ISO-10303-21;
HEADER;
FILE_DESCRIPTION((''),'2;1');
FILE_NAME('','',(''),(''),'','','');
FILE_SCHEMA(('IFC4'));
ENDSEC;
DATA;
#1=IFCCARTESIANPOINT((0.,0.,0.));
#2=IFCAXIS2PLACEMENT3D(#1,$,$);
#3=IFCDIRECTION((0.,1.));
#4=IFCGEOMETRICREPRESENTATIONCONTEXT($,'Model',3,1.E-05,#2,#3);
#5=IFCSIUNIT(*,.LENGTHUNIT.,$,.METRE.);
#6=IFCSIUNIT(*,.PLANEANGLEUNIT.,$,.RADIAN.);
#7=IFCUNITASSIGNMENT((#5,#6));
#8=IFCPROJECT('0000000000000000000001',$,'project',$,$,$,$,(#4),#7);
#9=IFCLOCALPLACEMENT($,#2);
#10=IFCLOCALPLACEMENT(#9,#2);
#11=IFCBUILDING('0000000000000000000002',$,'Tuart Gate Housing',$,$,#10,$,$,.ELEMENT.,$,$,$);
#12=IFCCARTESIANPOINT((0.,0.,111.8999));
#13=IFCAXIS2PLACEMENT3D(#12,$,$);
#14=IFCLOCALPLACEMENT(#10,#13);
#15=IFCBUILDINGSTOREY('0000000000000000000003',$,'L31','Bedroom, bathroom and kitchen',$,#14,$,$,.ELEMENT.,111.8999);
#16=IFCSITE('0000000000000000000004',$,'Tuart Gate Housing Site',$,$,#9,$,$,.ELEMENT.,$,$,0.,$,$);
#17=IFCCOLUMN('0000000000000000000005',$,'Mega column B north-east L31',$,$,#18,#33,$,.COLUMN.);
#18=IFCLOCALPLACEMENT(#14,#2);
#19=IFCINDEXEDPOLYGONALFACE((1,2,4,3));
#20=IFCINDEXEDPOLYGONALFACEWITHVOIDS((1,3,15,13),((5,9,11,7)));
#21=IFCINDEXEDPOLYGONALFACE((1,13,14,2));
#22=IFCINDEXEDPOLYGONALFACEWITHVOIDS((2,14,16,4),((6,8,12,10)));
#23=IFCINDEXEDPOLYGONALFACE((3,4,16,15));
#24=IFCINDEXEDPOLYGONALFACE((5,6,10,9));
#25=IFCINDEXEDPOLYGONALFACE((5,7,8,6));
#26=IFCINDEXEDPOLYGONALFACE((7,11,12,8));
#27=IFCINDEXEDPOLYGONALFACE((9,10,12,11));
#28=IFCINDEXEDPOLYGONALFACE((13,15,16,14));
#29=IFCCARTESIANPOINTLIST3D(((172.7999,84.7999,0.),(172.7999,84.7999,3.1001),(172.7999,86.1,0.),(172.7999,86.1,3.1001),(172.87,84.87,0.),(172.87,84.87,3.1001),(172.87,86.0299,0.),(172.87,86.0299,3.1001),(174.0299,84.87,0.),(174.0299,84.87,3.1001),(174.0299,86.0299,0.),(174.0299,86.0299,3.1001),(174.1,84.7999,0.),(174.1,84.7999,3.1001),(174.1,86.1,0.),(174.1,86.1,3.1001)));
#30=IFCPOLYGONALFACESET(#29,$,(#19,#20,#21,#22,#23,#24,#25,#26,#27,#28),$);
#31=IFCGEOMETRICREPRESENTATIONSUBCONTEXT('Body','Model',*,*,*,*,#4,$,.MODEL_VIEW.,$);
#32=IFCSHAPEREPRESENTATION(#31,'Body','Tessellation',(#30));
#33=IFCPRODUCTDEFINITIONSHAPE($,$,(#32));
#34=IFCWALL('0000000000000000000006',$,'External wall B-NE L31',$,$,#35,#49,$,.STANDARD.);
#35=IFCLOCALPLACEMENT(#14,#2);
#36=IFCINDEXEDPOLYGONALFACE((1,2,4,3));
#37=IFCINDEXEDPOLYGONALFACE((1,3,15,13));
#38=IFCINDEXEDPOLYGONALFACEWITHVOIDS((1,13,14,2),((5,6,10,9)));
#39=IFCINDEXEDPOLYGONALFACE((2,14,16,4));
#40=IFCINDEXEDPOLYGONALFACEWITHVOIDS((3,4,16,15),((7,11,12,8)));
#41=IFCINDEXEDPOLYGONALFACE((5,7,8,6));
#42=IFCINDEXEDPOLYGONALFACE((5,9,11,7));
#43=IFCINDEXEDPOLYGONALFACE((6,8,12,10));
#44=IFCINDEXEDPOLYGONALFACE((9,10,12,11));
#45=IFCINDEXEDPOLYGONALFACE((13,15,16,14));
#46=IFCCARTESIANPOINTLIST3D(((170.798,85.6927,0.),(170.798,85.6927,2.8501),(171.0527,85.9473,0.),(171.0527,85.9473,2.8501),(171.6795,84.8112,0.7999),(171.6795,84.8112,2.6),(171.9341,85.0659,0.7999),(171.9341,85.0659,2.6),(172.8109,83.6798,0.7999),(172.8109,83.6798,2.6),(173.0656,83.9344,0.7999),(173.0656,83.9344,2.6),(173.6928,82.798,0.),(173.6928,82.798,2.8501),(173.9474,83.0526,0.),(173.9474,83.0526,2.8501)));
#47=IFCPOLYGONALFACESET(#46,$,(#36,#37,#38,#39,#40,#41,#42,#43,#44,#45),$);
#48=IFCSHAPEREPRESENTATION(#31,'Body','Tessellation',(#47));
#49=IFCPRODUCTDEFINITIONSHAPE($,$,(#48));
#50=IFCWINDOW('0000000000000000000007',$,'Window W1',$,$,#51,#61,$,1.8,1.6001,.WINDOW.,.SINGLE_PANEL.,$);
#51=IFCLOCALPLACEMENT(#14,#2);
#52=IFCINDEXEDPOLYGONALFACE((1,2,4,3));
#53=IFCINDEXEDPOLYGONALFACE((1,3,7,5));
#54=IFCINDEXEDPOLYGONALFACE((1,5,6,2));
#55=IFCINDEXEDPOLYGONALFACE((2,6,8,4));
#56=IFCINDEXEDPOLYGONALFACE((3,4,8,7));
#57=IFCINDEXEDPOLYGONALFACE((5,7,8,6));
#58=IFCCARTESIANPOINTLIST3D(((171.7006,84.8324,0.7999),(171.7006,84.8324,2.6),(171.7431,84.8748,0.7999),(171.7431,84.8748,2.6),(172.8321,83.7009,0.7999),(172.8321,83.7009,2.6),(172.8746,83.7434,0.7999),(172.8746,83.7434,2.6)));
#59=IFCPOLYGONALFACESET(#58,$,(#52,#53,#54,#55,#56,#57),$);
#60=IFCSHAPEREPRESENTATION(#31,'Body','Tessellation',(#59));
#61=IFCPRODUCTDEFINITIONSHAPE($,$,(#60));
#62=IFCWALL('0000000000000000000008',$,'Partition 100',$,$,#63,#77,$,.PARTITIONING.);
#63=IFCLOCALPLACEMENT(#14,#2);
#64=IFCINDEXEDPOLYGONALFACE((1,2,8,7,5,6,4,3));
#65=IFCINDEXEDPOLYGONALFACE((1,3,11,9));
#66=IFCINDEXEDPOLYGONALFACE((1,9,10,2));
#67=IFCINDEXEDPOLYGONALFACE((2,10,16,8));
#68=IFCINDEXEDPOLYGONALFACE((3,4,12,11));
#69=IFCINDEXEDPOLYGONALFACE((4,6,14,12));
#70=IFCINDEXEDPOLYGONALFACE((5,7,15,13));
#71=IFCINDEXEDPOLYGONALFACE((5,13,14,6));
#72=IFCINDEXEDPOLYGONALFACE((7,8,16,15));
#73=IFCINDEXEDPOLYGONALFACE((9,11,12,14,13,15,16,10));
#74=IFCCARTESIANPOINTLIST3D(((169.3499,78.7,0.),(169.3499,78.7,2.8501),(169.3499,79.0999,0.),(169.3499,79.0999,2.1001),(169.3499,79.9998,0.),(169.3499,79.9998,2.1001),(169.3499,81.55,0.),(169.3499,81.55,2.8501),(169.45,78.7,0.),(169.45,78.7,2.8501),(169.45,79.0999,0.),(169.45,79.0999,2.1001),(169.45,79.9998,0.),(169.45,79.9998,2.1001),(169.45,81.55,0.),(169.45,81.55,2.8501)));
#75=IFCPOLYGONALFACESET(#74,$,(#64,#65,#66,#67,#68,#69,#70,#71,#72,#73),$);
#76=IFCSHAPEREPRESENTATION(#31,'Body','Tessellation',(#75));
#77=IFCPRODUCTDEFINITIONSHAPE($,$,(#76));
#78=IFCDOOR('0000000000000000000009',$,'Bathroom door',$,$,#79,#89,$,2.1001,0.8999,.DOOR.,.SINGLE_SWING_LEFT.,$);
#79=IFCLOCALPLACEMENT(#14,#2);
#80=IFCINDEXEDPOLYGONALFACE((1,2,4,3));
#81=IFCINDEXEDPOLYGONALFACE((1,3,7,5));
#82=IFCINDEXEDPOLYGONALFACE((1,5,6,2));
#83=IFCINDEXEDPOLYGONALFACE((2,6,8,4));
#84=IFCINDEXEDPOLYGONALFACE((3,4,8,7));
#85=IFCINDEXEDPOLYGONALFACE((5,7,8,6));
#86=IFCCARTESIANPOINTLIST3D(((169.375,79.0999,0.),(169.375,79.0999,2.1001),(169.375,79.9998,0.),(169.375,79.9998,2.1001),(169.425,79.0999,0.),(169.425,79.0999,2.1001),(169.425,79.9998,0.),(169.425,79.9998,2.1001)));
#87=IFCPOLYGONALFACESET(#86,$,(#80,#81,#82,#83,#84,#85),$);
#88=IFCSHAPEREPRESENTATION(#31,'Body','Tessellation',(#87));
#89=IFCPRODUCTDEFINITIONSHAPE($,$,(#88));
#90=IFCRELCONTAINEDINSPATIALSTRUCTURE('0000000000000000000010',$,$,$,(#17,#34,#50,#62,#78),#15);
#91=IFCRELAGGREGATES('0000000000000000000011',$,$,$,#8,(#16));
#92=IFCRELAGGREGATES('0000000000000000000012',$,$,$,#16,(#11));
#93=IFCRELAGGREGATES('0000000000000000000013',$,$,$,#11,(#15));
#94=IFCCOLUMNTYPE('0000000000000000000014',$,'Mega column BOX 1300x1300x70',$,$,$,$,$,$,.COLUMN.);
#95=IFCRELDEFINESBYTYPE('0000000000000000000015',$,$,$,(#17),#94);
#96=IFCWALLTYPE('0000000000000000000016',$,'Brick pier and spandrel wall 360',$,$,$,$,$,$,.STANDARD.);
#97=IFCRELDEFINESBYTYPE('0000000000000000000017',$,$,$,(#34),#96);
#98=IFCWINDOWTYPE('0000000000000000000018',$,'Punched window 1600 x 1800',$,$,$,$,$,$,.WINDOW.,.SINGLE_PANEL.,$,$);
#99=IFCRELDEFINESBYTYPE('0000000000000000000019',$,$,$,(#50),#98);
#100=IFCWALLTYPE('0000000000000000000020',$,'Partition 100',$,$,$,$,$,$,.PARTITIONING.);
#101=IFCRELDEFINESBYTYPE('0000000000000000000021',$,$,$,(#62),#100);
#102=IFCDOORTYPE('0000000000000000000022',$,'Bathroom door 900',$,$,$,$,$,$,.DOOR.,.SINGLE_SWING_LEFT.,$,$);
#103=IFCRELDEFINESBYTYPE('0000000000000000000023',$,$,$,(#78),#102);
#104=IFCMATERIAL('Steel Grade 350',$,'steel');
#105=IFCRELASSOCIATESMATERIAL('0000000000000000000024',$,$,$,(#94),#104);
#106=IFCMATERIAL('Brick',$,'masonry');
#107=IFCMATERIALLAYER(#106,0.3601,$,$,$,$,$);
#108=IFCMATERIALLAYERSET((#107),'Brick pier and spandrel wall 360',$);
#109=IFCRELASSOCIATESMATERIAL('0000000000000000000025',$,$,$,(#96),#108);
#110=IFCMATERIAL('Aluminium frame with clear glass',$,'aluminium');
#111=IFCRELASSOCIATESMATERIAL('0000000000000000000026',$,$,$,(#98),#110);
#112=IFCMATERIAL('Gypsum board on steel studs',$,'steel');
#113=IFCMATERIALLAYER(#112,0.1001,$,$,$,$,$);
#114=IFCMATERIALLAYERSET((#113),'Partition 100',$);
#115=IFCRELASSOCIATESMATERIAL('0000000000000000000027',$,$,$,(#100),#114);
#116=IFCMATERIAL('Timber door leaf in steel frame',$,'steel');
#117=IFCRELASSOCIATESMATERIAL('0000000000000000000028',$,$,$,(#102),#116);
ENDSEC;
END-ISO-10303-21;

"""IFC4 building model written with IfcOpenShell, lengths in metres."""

from ifc_helpers import new_model, si_unit, direction, frame, frame_2d, origin, origin_2d, place, context, subcontext, project, spatial, rectangle, hollow_rectangle, extrude, material, layer, layer_set, material_profile, profile_set, type_object, element, fill, save


model = new_model("IFC4")

# Units and contexts
model_context = context("Model", 3, precision=1e-05, world=origin(), true_north=direction((0.0, 1.0)))
body_context = subcontext(model_context, "Body", "Model", "MODEL_VIEW")
ifc_project = project(units=[si_unit("LENGTHUNIT", "METRE"), si_unit("PLANEANGLEUNIT", "RADIAN")], contexts=[model_context])

# Site, building, storey
site_placement = place(None, origin())
site = spatial("IfcSite", under=ifc_project, at=site_placement, Name="Tuart Gate Housing Site", CompositionType="ELEMENT", RefElevation=0.0)
building_placement = place(site_placement, origin())
building = spatial("IfcBuilding", under=site, at=building_placement, Name="Tuart Gate Housing", CompositionType="ELEMENT")
storey_placement = place(building_placement, frame((0.0, 0.0, 111.8999)))
storey = spatial("IfcBuildingStorey", under=building, at=storey_placement, Name="L31", Description="Bedroom, bathroom and kitchen", CompositionType="ELEMENT", Elevation=111.8999)

# Column
ifc_material_1 = material(Name="Steel Grade 350", Category="steel")
ifc_material_profile = material_profile(ifc_material_1, hollow_rectangle(XDim=1.3, YDim=1.3, WallThickness=0.0701, at=origin_2d()), Name="BOX 1300x1300x70")
ifc_profile_set = profile_set([ifc_material_profile], Name="Steel Grade 350")
column_type = type_object("IfcColumnType", Name="Mega column BOX 1300x1300x70", PredefinedType="COLUMN", material=ifc_profile_set)
column_placement = place(storey_placement, frame((173.45, 85.45, 0.0), z_axis=(0.0, 0.0, 1.0), x_axis=(1.0, 0.0, 0.0)))
element("IfcColumn", 1, at=column_placement, inside=storey, type_object=column_type, Name="Mega column B north-east L31", PredefinedType="COLUMN", context=body_context, shape_type="SweptSolid", body=[
    extrude(hollow_rectangle(XDim=1.3, YDim=1.3, WallThickness=0.0701, at=origin_2d()), origin(), (0.0, 0.0, 1.0), 3.1001),
])

# Wall, opening, window
ifc_material_2 = material(Name="Brick", Category="masonry")
ifc_layer_1 = layer(ifc_material_2, 0.3601)
ifc_layer_set_1 = layer_set([ifc_layer_1], Name="Brick pier and spandrel wall 360")
wall_type_1 = type_object("IfcWallType", Name="Brick pier and spandrel wall 360", PredefinedType="STANDARD", material=ifc_layer_set_1)
wall_1_placement = place(storey_placement, frame((173.8201, 82.9253, 0.0), z_axis=(0.0, 0.0, 1.0), x_axis=(-0.707107, 0.707107, 0.0)))
wall_1 = element("IfcWall", 2, at=wall_1_placement, inside=storey, type_object=wall_type_1, Name="External wall B-NE L31", PredefinedType="STANDARD", context=body_context, shape_type="SweptSolid", body=[
    extrude(rectangle(XDim=4.0938, YDim=0.3601, at=frame_2d((2.0469, 0.0))), origin(), (0.0, 0.0, 1.0), 2.8501),
])
opening_1_placement = place(wall_1_placement, frame((1.2471, 0.0, 0.8)))
opening_1 = element("IfcOpeningElement", 3, at=opening_1_placement, cuts=wall_1, PredefinedType="OPENING", context=body_context, shape_type="SweptSolid", body=[
    extrude(rectangle(XDim=1.6001, YDim=1.8, at=frame_2d((0.8, 0.8999))), frame((0.0, 0.1899, 0.0), z_axis=(0.0, -1.0, 0.0), x_axis=(1.0, 0.0, 0.0)), (0.0, 0.0, 1.0), 0.3801),
])
ifc_material_3 = material(Name="Aluminium frame with clear glass", Category="aluminium")
window_type_1 = type_object("IfcWindowType", Name="Punched window 1600 x 1800", PartitioningType="SINGLE_PANEL", PredefinedType="WINDOW", material=ifc_material_3)
window_1_placement = place(opening_1_placement, origin())
window_1 = element("IfcWindow", 4, at=window_1_placement, inside=storey, type_object=window_type_1, Name="Window W1", OverallHeight=1.8, OverallWidth=1.6001, PartitioningType="SINGLE_PANEL", PredefinedType="WINDOW", context=body_context, shape_type="SweptSolid", body=[
    extrude(rectangle(XDim=1.6001, YDim=1.8, at=frame_2d((0.8, 0.8999))), frame((0.0, 0.1501, 0.0), z_axis=(0.0, -1.0, 0.0), x_axis=(1.0, 0.0, 0.0)), (0.0, 0.0, 1.0), 0.0601),
])
fill(opening_1, window_1)

# Wall, opening, door
ifc_material_4 = material(Name="Gypsum board on steel studs", Category="steel")
ifc_layer_2 = layer(ifc_material_4, 0.1001)
ifc_layer_set_2 = layer_set([ifc_layer_2], Name="Partition 100")
wall_type_2 = type_object("IfcWallType", Name="Partition 100", PredefinedType="PARTITIONING", material=ifc_layer_set_2)
wall_2_placement = place(storey_placement, frame((169.3999, 78.7, 0.0), z_axis=(0.0, 0.0, 1.0), x_axis=(0.0, 1.0, 0.0)))
wall_2 = element("IfcWall", 5, at=wall_2_placement, inside=storey, type_object=wall_type_2, Name="Partition 100", PredefinedType="PARTITIONING", context=body_context, shape_type="SweptSolid", body=[
    extrude(rectangle(XDim=2.8501, YDim=0.1001, at=frame_2d((1.425, 0.0))), origin(), (0.0, 0.0, 1.0), 2.8501),
])
opening_2_placement = place(wall_2_placement, frame((0.3999, 0.0, 0.0)))
opening_2 = element("IfcOpeningElement", 6, at=opening_2_placement, cuts=wall_2, PredefinedType="OPENING", context=body_context, shape_type="SweptSolid", body=[
    extrude(rectangle(XDim=0.8999, YDim=2.1001, at=frame_2d((0.45, 1.05))), frame((0.0, 0.0601, 0.0), z_axis=(0.0, -1.0, 0.0), x_axis=(1.0, 0.0, 0.0)), (0.0, 0.0, 1.0), 0.1201),
])
ifc_material_5 = material(Name="Timber door leaf in steel frame", Category="steel")
door_type = type_object("IfcDoorType", Name="Bathroom door 900", OperationType="SINGLE_SWING_LEFT", PredefinedType="DOOR", material=ifc_material_5)
door_placement = place(opening_2_placement, origin())
door = element("IfcDoor", 7, at=door_placement, inside=storey, type_object=door_type, Name="Bathroom door", OperationType="SINGLE_SWING_LEFT", OverallHeight=2.1001, OverallWidth=0.8999, PredefinedType="DOOR", context=body_context, shape_type="SweptSolid", body=[
    extrude(rectangle(XDim=0.8999, YDim=2.1001, at=frame_2d((0.45, 1.05))), frame((0.0, 0.0249, 0.0), z_axis=(0.0, -1.0, 0.0), x_axis=(1.0, 0.0, 0.0)), (0.0, 0.0, 1.0), 0.05),
])
fill(opening_2, door)

save(model, "model.ifc")
